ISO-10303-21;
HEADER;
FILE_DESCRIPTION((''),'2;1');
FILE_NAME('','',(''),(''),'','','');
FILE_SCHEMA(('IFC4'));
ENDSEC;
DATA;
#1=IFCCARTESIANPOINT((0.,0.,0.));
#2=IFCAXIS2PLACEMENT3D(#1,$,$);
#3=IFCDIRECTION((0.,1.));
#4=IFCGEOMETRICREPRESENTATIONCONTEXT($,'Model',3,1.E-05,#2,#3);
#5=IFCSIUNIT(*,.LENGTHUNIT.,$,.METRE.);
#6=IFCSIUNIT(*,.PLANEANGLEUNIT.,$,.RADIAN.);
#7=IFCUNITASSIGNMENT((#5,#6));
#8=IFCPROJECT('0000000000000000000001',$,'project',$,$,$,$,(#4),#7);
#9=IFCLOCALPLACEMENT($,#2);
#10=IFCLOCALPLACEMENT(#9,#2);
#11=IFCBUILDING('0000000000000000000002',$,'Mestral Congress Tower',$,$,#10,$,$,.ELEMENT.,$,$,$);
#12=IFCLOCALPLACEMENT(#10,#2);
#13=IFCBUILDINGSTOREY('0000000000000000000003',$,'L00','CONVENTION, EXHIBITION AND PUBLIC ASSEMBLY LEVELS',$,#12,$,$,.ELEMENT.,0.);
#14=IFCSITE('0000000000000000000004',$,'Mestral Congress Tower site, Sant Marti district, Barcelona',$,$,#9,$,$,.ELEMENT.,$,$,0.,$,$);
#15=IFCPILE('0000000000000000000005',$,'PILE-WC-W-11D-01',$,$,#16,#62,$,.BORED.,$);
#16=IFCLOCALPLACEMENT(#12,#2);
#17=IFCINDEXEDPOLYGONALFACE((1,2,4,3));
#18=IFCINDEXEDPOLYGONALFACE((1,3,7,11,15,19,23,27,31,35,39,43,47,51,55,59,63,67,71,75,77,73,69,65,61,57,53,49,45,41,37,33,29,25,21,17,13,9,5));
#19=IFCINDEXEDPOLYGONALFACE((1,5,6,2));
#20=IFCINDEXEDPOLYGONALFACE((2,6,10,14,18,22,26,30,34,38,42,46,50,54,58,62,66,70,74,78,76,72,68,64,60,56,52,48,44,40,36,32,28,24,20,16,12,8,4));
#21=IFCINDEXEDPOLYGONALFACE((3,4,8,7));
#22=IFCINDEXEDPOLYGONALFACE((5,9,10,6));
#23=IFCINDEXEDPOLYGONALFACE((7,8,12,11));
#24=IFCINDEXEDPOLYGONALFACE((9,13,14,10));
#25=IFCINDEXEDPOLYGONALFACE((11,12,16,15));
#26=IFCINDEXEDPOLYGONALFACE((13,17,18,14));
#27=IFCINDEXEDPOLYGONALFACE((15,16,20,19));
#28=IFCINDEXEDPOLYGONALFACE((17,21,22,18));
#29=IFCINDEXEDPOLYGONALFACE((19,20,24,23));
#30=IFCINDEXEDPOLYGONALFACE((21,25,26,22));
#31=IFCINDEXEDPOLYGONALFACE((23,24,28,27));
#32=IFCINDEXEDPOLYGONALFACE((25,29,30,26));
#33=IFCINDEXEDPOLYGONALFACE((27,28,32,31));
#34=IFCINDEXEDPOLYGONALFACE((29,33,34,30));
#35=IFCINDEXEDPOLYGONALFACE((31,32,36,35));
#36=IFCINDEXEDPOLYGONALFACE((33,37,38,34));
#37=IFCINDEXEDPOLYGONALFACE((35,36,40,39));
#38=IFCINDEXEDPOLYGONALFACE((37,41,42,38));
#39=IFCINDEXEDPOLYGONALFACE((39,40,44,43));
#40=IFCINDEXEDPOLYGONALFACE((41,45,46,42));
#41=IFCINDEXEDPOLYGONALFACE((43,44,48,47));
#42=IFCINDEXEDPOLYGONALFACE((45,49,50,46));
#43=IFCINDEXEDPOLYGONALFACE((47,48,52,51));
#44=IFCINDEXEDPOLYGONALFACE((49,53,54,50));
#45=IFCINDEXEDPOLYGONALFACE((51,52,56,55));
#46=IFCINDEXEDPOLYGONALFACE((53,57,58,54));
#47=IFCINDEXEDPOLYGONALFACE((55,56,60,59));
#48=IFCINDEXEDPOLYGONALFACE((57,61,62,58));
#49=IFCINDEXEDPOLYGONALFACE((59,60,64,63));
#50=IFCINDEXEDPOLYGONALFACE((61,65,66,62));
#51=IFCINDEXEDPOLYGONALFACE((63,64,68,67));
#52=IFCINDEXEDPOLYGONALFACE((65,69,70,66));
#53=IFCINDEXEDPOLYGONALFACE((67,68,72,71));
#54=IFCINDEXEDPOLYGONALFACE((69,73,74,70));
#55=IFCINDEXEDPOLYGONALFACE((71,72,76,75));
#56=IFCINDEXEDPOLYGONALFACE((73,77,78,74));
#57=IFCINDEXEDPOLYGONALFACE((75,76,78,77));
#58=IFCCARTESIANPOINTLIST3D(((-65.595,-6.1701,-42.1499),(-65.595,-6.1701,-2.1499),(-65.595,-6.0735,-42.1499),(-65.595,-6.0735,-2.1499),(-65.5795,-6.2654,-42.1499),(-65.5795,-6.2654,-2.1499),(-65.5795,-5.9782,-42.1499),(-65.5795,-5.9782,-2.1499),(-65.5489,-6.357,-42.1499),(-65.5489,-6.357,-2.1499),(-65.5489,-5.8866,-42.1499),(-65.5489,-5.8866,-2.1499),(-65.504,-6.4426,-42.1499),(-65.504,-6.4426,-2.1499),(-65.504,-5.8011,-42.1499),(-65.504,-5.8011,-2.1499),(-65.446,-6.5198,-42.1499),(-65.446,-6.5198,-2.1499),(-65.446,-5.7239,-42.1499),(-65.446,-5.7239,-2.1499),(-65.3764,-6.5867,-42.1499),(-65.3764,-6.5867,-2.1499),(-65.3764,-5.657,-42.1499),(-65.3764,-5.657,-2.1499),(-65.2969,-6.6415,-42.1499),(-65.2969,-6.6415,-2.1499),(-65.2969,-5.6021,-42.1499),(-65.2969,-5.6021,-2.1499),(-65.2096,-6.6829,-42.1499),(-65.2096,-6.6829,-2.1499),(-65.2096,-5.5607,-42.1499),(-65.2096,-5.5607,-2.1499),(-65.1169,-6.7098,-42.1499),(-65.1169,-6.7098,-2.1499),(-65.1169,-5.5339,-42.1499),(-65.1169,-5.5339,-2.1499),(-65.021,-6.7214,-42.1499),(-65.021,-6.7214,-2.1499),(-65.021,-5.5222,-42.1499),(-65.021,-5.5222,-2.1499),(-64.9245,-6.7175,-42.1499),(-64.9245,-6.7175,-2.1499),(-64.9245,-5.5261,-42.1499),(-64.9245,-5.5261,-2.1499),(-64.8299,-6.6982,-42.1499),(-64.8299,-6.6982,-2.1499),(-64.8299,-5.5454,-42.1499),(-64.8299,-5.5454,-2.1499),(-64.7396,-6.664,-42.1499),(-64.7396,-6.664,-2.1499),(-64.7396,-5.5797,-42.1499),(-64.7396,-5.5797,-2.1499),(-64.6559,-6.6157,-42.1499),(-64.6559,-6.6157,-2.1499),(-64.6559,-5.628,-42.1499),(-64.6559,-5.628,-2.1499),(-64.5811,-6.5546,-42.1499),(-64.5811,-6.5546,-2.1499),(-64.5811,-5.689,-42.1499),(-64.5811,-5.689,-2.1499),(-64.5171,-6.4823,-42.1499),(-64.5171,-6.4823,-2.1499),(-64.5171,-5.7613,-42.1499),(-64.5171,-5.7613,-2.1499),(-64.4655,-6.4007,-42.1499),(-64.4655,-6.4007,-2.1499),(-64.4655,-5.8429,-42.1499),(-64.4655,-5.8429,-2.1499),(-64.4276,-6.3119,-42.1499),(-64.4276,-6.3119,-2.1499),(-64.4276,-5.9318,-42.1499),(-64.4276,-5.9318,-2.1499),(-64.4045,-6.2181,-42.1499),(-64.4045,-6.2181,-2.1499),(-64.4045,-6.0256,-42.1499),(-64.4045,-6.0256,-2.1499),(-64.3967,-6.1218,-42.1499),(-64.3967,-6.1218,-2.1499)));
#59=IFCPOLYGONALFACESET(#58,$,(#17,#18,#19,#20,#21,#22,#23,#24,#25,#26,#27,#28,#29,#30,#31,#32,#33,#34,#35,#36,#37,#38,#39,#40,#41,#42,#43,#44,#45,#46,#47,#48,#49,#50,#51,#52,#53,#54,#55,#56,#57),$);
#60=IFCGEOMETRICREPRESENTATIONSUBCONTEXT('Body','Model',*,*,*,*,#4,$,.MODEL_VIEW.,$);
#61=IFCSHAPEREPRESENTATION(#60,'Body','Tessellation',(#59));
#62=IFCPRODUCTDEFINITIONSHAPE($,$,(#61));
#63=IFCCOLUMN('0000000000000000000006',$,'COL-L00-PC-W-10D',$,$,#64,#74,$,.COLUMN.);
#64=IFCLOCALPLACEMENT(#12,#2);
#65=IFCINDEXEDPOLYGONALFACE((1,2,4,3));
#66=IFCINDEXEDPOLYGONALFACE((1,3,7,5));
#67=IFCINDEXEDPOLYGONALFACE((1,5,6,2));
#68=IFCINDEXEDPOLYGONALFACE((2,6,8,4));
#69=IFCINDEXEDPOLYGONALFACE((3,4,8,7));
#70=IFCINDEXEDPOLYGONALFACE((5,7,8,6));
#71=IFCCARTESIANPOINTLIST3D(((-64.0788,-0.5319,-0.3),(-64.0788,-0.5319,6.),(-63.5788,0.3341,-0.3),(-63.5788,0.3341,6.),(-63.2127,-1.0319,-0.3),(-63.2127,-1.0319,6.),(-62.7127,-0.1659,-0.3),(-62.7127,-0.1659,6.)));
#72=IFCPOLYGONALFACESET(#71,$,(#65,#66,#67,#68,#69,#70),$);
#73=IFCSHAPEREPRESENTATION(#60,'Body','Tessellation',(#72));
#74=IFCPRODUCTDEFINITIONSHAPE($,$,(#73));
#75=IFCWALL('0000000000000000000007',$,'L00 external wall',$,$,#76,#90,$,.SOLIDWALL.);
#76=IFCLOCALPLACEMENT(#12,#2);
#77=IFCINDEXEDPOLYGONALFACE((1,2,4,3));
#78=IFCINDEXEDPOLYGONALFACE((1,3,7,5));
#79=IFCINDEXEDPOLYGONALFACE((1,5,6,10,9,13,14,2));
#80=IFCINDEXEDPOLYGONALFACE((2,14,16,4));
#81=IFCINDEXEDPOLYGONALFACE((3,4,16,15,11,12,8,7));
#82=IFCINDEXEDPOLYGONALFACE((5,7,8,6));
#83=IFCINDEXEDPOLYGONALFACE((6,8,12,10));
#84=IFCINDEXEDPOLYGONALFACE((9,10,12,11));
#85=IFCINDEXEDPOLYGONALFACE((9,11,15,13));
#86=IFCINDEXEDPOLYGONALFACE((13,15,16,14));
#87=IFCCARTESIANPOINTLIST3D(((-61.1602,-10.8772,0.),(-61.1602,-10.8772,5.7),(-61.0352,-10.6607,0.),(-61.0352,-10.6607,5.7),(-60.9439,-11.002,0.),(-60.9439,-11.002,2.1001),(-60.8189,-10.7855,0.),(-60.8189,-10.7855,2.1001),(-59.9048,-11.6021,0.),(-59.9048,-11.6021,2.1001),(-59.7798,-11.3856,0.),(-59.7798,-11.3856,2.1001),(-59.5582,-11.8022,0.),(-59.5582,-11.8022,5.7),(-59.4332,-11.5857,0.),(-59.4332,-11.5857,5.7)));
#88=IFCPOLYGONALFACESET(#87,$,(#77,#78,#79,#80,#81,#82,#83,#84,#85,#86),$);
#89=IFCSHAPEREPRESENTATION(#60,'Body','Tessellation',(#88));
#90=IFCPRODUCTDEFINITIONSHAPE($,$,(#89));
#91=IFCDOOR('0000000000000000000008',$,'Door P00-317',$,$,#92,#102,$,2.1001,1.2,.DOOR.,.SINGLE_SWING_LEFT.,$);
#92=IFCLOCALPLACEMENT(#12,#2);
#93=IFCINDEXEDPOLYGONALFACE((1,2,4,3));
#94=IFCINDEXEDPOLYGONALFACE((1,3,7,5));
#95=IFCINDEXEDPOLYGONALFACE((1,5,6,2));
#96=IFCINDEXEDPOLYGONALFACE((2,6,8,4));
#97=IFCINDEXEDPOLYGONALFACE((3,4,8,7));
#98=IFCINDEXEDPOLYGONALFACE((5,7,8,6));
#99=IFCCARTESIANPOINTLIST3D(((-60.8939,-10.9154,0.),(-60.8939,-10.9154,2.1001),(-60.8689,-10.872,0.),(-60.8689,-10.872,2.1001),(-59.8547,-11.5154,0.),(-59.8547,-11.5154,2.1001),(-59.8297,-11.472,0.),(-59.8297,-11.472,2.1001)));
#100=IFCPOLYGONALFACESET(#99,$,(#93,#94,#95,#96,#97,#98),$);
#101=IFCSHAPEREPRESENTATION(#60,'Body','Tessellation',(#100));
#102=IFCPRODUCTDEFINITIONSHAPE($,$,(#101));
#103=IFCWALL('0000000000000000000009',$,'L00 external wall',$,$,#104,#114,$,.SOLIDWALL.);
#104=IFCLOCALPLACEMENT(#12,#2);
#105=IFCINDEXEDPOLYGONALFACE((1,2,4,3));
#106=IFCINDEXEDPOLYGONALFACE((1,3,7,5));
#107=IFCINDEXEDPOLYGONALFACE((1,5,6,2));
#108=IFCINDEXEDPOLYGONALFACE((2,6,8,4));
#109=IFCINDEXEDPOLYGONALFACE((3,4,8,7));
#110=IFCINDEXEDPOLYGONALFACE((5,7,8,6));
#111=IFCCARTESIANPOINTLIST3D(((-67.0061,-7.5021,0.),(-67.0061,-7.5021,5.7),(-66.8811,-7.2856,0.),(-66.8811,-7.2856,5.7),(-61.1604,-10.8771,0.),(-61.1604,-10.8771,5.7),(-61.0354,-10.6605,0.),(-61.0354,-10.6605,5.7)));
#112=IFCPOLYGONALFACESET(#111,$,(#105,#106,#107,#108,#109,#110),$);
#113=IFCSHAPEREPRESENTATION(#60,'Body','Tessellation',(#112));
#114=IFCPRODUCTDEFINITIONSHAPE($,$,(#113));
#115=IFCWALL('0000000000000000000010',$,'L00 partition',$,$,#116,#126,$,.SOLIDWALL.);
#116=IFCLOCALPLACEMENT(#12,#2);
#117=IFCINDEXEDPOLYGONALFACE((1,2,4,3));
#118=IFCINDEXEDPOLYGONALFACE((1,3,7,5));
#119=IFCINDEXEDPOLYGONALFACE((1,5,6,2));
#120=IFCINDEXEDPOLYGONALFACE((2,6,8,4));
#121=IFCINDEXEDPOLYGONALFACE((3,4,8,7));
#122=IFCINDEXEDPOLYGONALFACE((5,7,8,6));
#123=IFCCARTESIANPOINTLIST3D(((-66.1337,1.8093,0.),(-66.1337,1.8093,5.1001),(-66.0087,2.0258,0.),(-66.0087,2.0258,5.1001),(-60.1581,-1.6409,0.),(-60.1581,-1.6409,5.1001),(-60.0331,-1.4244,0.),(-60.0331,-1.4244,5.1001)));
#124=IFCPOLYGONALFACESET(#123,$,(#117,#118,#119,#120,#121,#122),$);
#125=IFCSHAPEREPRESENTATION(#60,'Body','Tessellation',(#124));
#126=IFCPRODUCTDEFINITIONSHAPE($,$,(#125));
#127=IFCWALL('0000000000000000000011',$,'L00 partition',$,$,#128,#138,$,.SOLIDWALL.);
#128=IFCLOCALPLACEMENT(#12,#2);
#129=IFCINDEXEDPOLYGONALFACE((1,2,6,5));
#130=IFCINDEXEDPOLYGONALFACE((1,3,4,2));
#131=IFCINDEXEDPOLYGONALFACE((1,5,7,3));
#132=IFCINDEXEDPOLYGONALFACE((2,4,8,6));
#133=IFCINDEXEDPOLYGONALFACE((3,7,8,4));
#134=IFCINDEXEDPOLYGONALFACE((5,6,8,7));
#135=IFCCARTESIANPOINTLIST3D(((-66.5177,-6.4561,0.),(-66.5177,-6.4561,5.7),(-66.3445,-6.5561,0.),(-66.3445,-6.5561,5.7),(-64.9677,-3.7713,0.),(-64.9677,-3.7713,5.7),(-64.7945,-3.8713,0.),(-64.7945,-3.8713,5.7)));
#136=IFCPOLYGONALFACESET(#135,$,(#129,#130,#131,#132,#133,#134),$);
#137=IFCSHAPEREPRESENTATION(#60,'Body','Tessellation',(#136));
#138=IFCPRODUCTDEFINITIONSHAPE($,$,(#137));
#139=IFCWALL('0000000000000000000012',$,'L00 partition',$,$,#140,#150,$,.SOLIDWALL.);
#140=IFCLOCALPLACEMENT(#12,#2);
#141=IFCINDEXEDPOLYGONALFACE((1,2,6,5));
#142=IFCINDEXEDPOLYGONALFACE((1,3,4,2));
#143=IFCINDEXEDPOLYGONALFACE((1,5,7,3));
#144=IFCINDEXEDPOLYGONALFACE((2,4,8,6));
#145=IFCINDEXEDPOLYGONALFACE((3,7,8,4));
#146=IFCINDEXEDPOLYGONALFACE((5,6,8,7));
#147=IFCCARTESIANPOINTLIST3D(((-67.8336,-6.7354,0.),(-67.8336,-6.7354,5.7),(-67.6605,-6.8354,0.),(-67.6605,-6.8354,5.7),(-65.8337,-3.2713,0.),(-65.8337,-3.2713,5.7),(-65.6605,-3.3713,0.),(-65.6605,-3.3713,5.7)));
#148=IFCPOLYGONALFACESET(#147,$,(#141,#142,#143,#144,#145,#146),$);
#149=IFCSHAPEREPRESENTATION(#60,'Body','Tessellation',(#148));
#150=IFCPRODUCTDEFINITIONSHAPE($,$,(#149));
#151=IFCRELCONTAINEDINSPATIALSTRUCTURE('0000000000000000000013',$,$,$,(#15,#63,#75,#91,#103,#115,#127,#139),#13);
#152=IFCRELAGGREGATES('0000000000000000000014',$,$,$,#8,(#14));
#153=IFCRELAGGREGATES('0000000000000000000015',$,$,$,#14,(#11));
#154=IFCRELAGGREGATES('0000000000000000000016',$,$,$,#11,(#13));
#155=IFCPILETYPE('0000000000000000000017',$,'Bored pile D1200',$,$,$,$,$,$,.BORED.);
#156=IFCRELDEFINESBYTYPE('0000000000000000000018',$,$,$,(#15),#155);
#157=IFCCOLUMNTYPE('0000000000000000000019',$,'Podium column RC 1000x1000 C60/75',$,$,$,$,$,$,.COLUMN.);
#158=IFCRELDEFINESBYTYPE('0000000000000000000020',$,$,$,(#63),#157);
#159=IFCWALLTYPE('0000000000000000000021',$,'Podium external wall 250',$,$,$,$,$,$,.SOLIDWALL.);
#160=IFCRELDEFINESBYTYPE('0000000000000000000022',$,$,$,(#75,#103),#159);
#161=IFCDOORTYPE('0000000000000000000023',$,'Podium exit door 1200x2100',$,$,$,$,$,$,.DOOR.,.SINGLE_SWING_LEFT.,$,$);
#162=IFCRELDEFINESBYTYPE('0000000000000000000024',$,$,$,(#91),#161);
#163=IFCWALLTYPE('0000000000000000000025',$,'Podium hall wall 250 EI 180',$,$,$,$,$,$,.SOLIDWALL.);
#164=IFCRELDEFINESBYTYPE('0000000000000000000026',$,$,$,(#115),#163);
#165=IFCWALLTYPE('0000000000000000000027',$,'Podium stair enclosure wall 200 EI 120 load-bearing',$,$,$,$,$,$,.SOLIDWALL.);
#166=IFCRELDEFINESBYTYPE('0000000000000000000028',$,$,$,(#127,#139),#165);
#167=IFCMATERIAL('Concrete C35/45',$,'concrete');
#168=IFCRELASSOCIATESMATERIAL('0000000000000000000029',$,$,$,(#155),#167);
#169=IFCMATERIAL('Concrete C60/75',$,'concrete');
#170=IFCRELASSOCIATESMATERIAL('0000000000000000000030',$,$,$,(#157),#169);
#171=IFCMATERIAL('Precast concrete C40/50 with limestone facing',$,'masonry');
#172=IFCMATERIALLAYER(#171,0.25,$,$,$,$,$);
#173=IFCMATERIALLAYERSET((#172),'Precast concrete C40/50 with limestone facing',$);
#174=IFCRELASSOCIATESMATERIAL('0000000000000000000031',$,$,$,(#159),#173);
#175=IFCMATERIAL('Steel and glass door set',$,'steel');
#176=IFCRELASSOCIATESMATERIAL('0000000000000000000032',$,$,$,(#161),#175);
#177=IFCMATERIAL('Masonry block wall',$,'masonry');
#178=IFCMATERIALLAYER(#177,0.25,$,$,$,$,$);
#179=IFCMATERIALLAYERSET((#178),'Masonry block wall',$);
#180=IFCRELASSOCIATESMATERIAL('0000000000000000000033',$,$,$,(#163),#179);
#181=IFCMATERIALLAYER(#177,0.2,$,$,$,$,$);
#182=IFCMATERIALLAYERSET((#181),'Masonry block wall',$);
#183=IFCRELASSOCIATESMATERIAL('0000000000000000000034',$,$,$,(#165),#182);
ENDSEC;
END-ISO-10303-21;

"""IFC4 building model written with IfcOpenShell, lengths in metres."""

from ifc_helpers import new_model, si_unit, direction, frame, frame_2d, origin, origin_2d, place, context, subcontext, project, spatial, rectangle, circle, extrude, material, layer, layer_set, material_profile, profile_set, type_object, element, fill, save


model = new_model("IFC4")

# Units and contexts
model_context = context("Model", 3, precision=1e-05, world=origin(), true_north=direction((0.0, 1.0)))
body_context = subcontext(model_context, "Body", "Model", "MODEL_VIEW")
ifc_project = project(units=[si_unit("LENGTHUNIT", "METRE"), si_unit("PLANEANGLEUNIT", "RADIAN")], contexts=[model_context])

# Site, building, storey
site_placement = place(None, origin())
site = spatial("IfcSite", under=ifc_project, at=site_placement, Name="Mestral Congress Tower site, Sant Marti district, Barcelona", CompositionType="ELEMENT", RefElevation=0.0)
building_placement = place(site_placement, origin())
building = spatial("IfcBuilding", under=site, at=building_placement, Name="Mestral Congress Tower", CompositionType="ELEMENT")
storey_placement = place(building_placement, origin())
storey = spatial("IfcBuildingStorey", under=building, at=storey_placement, Name="L00", Description="CONVENTION, EXHIBITION AND PUBLIC ASSEMBLY LEVELS", CompositionType="ELEMENT", Elevation=0.0)

# Pile
ifc_material_1 = material(Name="Concrete C35/45", Category="concrete")
ifc_material_profile_1 = material_profile(ifc_material_1, circle(Radius=0.6001, at=origin_2d()), Name="D1200")
ifc_profile_set_1 = profile_set([ifc_material_profile_1], Name="Concrete C35/45")
pile_type = type_object("IfcPileType", Name="Bored pile D1200", PredefinedType="BORED", material=ifc_profile_set_1)
for number, where, z_axis, x_axis, name in (
    (1, (-64.9968, -6.1218, -2.1499), (0.0, 0.0, -1.0), (1.0, 0.0, 0.0), "PILE-WC-W-11D-01"),
):
    element("IfcPile", number, at=place(storey_placement, frame(where, z_axis=z_axis, x_axis=x_axis)), inside=storey, type_object=pile_type, Name=name, PredefinedType="BORED", context=body_context, shape_type="SweptSolid", body=[
        extrude(circle(Radius=0.6001, at=origin_2d()), origin(), (0.0, 0.0, 1.0), 40.0),
    ])

# Column
ifc_material_2 = material(Name="Concrete C60/75", Category="concrete")
ifc_material_profile_2 = material_profile(ifc_material_2, rectangle(XDim=1.0, YDim=1.0, at=origin_2d()), Name="RC 1000x1000")
ifc_profile_set_2 = profile_set([ifc_material_profile_2], Name="Concrete C60/75")
column_type = type_object("IfcColumnType", Name="Podium column RC 1000x1000 C60/75", PredefinedType="COLUMN", material=ifc_profile_set_2)
column_placement = place(storey_placement, frame((-63.3958, -0.3489, -0.3), z_axis=(0.0, 0.0, 1.0), x_axis=(-0.5, -0.866025, 0.0)))
element("IfcColumn", 2, at=column_placement, inside=storey, type_object=column_type, Name="COL-L00-PC-W-10D", PredefinedType="COLUMN", context=body_context, shape_type="SweptSolid", body=[
    extrude(rectangle(XDim=1.0, YDim=1.0, at=origin_2d()), origin(), (0.0, 0.0, 1.0), 6.3),
])

# Wall, opening, door
ifc_material_3 = material(Name="Precast concrete C40/50 with limestone facing", Category="masonry")
ifc_layer_1 = layer(ifc_material_3, 0.25)
ifc_layer_set_1 = layer_set([ifc_layer_1], Name="Precast concrete C40/50 with limestone facing")
wall_type_1 = type_object("IfcWallType", Name="Podium external wall 250", PredefinedType="SOLIDWALL", material=ifc_layer_set_1)
wall_1_placement = place(storey_placement, frame((-59.4958, -11.6938, 0.0), z_axis=(0.0, 0.0, 1.0), x_axis=(-0.866001, 0.500042, 0.0)))
wall_1 = element("IfcWall", 3, at=wall_1_placement, inside=storey, type_object=wall_type_1, Name="L00 external wall", PredefinedType="SOLIDWALL", context=body_context, shape_type="SweptSolid", body=[
    extrude(rectangle(XDim=1.8499, YDim=0.25, at=frame_2d((0.9248, 0.0))), origin(), (0.0, 0.0, 1.0), 5.7),
])
opening_1_placement = place(wall_1_placement, frame((0.3999, 0.0, 0.0)))
opening_1 = element("IfcOpeningElement", 4, at=opening_1_placement, cuts=wall_1, PredefinedType="OPENING", context=body_context, shape_type="SweptSolid", body=[
    extrude(rectangle(XDim=1.2, YDim=2.1001, at=frame_2d((0.6001, 1.05))), frame((0.0, 0.135, 0.0), z_axis=(0.0, -1.0, 0.0), x_axis=(1.0, 0.0, 0.0)), (0.0, 0.0, 1.0), 0.27),
])
ifc_material_4 = material(Name="Steel and glass door set", Category="steel")
door_type_1 = type_object("IfcDoorType", Name="Podium exit door 1200x2100", OperationType="SINGLE_SWING_LEFT", PredefinedType="DOOR", material=ifc_material_4)
door_1_placement = place(opening_1_placement, origin())
door_1 = element("IfcDoor", 5, at=door_1_placement, inside=storey, type_object=door_type_1, Name="Door P00-317", OperationType="SINGLE_SWING_LEFT", OverallHeight=2.1001, OverallWidth=1.2, PredefinedType="DOOR", context=body_context, shape_type="SweptSolid", body=[
    extrude(rectangle(XDim=1.2, YDim=2.1001, at=frame_2d((0.6001, 1.05))), frame((0.0, 0.0249, 0.0), z_axis=(0.0, -1.0, 0.0), x_axis=(1.0, 0.0, 0.0)), (0.0, 0.0, 1.0), 0.05),
])
fill(opening_1, door_1)

# Walls
wall_2_placement = place(storey_placement, frame((-61.0979, -10.7688, 0.0), z_axis=(0.0, 0.0, 1.0), x_axis=(-0.866027, 0.499998, 0.0)))
element("IfcWall", 6, at=wall_2_placement, inside=storey, type_object=wall_type_1, Name="L00 external wall", PredefinedType="SOLIDWALL", context=body_context, shape_type="SweptSolid", body=[
    extrude(rectangle(XDim=6.75, YDim=0.25, at=frame_2d((3.375, 0.0))), origin(), (0.0, 0.0, 1.0), 5.7),
])
ifc_material_5 = material(Name="Masonry block wall", Category="masonry")
ifc_layer_2 = layer(ifc_material_5, 0.25)
ifc_layer_set_2 = layer_set([ifc_layer_2], Name="Masonry block wall")
wall_type_2 = type_object("IfcWallType", Name="Podium hall wall 250 EI 180", PredefinedType="SOLIDWALL", material=ifc_layer_set_2)
wall_3_placement = place(storey_placement, frame((-60.0955, -1.5327, 0.0), z_axis=(0.0, 0.0, 1.0), x_axis=(-0.866014, 0.500021, 0.0)))
element("IfcWall", 7, at=wall_3_placement, inside=storey, type_object=wall_type_2, Name="L00 partition", PredefinedType="SOLIDWALL", context=body_context, shape_type="SweptSolid", body=[
    extrude(rectangle(XDim=6.9001, YDim=0.25, at=frame_2d((3.4502, 0.0))), origin(), (0.0, 0.0, 1.0), 5.1001),
])
ifc_layer_3 = layer(ifc_material_5, 0.2)
ifc_layer_set_3 = layer_set([ifc_layer_3], Name="Masonry block wall")
wall_type_3 = type_object("IfcWallType", Name="Podium stair enclosure wall 200 EI 120 load-bearing", PredefinedType="SOLIDWALL", material=ifc_layer_set_3)
wall_4_placement = place(storey_placement, frame((-64.8811, -3.8213, 0.0), z_axis=(0.0, 0.0, 1.0), x_axis=(-0.499993, -0.86603, 0.0)))
element("IfcWall", 8, at=wall_4_placement, inside=storey, type_object=wall_type_3, Name="L00 partition", PredefinedType="SOLIDWALL", context=body_context, shape_type="SweptSolid", body=[
    extrude(rectangle(XDim=3.1001, YDim=0.2, at=frame_2d((1.55, 0.0))), origin(), (0.0, 0.0, 1.0), 5.7),
])
wall_5_placement = place(storey_placement, frame((-65.7471, -3.3213, 0.0), z_axis=(0.0, 0.0, 1.0), x_axis=(-0.499999, -0.866026, 0.0)))
element("IfcWall", 9, at=wall_5_placement, inside=storey, type_object=wall_type_3, Name="L00 partition", PredefinedType="SOLIDWALL", context=body_context, shape_type="SweptSolid", body=[
    extrude(rectangle(XDim=4.0, YDim=0.2, at=frame_2d((2.0, 0.0))), origin(), (0.0, 0.0, 1.0), 5.7),
])

save(model, "model.ifc")
